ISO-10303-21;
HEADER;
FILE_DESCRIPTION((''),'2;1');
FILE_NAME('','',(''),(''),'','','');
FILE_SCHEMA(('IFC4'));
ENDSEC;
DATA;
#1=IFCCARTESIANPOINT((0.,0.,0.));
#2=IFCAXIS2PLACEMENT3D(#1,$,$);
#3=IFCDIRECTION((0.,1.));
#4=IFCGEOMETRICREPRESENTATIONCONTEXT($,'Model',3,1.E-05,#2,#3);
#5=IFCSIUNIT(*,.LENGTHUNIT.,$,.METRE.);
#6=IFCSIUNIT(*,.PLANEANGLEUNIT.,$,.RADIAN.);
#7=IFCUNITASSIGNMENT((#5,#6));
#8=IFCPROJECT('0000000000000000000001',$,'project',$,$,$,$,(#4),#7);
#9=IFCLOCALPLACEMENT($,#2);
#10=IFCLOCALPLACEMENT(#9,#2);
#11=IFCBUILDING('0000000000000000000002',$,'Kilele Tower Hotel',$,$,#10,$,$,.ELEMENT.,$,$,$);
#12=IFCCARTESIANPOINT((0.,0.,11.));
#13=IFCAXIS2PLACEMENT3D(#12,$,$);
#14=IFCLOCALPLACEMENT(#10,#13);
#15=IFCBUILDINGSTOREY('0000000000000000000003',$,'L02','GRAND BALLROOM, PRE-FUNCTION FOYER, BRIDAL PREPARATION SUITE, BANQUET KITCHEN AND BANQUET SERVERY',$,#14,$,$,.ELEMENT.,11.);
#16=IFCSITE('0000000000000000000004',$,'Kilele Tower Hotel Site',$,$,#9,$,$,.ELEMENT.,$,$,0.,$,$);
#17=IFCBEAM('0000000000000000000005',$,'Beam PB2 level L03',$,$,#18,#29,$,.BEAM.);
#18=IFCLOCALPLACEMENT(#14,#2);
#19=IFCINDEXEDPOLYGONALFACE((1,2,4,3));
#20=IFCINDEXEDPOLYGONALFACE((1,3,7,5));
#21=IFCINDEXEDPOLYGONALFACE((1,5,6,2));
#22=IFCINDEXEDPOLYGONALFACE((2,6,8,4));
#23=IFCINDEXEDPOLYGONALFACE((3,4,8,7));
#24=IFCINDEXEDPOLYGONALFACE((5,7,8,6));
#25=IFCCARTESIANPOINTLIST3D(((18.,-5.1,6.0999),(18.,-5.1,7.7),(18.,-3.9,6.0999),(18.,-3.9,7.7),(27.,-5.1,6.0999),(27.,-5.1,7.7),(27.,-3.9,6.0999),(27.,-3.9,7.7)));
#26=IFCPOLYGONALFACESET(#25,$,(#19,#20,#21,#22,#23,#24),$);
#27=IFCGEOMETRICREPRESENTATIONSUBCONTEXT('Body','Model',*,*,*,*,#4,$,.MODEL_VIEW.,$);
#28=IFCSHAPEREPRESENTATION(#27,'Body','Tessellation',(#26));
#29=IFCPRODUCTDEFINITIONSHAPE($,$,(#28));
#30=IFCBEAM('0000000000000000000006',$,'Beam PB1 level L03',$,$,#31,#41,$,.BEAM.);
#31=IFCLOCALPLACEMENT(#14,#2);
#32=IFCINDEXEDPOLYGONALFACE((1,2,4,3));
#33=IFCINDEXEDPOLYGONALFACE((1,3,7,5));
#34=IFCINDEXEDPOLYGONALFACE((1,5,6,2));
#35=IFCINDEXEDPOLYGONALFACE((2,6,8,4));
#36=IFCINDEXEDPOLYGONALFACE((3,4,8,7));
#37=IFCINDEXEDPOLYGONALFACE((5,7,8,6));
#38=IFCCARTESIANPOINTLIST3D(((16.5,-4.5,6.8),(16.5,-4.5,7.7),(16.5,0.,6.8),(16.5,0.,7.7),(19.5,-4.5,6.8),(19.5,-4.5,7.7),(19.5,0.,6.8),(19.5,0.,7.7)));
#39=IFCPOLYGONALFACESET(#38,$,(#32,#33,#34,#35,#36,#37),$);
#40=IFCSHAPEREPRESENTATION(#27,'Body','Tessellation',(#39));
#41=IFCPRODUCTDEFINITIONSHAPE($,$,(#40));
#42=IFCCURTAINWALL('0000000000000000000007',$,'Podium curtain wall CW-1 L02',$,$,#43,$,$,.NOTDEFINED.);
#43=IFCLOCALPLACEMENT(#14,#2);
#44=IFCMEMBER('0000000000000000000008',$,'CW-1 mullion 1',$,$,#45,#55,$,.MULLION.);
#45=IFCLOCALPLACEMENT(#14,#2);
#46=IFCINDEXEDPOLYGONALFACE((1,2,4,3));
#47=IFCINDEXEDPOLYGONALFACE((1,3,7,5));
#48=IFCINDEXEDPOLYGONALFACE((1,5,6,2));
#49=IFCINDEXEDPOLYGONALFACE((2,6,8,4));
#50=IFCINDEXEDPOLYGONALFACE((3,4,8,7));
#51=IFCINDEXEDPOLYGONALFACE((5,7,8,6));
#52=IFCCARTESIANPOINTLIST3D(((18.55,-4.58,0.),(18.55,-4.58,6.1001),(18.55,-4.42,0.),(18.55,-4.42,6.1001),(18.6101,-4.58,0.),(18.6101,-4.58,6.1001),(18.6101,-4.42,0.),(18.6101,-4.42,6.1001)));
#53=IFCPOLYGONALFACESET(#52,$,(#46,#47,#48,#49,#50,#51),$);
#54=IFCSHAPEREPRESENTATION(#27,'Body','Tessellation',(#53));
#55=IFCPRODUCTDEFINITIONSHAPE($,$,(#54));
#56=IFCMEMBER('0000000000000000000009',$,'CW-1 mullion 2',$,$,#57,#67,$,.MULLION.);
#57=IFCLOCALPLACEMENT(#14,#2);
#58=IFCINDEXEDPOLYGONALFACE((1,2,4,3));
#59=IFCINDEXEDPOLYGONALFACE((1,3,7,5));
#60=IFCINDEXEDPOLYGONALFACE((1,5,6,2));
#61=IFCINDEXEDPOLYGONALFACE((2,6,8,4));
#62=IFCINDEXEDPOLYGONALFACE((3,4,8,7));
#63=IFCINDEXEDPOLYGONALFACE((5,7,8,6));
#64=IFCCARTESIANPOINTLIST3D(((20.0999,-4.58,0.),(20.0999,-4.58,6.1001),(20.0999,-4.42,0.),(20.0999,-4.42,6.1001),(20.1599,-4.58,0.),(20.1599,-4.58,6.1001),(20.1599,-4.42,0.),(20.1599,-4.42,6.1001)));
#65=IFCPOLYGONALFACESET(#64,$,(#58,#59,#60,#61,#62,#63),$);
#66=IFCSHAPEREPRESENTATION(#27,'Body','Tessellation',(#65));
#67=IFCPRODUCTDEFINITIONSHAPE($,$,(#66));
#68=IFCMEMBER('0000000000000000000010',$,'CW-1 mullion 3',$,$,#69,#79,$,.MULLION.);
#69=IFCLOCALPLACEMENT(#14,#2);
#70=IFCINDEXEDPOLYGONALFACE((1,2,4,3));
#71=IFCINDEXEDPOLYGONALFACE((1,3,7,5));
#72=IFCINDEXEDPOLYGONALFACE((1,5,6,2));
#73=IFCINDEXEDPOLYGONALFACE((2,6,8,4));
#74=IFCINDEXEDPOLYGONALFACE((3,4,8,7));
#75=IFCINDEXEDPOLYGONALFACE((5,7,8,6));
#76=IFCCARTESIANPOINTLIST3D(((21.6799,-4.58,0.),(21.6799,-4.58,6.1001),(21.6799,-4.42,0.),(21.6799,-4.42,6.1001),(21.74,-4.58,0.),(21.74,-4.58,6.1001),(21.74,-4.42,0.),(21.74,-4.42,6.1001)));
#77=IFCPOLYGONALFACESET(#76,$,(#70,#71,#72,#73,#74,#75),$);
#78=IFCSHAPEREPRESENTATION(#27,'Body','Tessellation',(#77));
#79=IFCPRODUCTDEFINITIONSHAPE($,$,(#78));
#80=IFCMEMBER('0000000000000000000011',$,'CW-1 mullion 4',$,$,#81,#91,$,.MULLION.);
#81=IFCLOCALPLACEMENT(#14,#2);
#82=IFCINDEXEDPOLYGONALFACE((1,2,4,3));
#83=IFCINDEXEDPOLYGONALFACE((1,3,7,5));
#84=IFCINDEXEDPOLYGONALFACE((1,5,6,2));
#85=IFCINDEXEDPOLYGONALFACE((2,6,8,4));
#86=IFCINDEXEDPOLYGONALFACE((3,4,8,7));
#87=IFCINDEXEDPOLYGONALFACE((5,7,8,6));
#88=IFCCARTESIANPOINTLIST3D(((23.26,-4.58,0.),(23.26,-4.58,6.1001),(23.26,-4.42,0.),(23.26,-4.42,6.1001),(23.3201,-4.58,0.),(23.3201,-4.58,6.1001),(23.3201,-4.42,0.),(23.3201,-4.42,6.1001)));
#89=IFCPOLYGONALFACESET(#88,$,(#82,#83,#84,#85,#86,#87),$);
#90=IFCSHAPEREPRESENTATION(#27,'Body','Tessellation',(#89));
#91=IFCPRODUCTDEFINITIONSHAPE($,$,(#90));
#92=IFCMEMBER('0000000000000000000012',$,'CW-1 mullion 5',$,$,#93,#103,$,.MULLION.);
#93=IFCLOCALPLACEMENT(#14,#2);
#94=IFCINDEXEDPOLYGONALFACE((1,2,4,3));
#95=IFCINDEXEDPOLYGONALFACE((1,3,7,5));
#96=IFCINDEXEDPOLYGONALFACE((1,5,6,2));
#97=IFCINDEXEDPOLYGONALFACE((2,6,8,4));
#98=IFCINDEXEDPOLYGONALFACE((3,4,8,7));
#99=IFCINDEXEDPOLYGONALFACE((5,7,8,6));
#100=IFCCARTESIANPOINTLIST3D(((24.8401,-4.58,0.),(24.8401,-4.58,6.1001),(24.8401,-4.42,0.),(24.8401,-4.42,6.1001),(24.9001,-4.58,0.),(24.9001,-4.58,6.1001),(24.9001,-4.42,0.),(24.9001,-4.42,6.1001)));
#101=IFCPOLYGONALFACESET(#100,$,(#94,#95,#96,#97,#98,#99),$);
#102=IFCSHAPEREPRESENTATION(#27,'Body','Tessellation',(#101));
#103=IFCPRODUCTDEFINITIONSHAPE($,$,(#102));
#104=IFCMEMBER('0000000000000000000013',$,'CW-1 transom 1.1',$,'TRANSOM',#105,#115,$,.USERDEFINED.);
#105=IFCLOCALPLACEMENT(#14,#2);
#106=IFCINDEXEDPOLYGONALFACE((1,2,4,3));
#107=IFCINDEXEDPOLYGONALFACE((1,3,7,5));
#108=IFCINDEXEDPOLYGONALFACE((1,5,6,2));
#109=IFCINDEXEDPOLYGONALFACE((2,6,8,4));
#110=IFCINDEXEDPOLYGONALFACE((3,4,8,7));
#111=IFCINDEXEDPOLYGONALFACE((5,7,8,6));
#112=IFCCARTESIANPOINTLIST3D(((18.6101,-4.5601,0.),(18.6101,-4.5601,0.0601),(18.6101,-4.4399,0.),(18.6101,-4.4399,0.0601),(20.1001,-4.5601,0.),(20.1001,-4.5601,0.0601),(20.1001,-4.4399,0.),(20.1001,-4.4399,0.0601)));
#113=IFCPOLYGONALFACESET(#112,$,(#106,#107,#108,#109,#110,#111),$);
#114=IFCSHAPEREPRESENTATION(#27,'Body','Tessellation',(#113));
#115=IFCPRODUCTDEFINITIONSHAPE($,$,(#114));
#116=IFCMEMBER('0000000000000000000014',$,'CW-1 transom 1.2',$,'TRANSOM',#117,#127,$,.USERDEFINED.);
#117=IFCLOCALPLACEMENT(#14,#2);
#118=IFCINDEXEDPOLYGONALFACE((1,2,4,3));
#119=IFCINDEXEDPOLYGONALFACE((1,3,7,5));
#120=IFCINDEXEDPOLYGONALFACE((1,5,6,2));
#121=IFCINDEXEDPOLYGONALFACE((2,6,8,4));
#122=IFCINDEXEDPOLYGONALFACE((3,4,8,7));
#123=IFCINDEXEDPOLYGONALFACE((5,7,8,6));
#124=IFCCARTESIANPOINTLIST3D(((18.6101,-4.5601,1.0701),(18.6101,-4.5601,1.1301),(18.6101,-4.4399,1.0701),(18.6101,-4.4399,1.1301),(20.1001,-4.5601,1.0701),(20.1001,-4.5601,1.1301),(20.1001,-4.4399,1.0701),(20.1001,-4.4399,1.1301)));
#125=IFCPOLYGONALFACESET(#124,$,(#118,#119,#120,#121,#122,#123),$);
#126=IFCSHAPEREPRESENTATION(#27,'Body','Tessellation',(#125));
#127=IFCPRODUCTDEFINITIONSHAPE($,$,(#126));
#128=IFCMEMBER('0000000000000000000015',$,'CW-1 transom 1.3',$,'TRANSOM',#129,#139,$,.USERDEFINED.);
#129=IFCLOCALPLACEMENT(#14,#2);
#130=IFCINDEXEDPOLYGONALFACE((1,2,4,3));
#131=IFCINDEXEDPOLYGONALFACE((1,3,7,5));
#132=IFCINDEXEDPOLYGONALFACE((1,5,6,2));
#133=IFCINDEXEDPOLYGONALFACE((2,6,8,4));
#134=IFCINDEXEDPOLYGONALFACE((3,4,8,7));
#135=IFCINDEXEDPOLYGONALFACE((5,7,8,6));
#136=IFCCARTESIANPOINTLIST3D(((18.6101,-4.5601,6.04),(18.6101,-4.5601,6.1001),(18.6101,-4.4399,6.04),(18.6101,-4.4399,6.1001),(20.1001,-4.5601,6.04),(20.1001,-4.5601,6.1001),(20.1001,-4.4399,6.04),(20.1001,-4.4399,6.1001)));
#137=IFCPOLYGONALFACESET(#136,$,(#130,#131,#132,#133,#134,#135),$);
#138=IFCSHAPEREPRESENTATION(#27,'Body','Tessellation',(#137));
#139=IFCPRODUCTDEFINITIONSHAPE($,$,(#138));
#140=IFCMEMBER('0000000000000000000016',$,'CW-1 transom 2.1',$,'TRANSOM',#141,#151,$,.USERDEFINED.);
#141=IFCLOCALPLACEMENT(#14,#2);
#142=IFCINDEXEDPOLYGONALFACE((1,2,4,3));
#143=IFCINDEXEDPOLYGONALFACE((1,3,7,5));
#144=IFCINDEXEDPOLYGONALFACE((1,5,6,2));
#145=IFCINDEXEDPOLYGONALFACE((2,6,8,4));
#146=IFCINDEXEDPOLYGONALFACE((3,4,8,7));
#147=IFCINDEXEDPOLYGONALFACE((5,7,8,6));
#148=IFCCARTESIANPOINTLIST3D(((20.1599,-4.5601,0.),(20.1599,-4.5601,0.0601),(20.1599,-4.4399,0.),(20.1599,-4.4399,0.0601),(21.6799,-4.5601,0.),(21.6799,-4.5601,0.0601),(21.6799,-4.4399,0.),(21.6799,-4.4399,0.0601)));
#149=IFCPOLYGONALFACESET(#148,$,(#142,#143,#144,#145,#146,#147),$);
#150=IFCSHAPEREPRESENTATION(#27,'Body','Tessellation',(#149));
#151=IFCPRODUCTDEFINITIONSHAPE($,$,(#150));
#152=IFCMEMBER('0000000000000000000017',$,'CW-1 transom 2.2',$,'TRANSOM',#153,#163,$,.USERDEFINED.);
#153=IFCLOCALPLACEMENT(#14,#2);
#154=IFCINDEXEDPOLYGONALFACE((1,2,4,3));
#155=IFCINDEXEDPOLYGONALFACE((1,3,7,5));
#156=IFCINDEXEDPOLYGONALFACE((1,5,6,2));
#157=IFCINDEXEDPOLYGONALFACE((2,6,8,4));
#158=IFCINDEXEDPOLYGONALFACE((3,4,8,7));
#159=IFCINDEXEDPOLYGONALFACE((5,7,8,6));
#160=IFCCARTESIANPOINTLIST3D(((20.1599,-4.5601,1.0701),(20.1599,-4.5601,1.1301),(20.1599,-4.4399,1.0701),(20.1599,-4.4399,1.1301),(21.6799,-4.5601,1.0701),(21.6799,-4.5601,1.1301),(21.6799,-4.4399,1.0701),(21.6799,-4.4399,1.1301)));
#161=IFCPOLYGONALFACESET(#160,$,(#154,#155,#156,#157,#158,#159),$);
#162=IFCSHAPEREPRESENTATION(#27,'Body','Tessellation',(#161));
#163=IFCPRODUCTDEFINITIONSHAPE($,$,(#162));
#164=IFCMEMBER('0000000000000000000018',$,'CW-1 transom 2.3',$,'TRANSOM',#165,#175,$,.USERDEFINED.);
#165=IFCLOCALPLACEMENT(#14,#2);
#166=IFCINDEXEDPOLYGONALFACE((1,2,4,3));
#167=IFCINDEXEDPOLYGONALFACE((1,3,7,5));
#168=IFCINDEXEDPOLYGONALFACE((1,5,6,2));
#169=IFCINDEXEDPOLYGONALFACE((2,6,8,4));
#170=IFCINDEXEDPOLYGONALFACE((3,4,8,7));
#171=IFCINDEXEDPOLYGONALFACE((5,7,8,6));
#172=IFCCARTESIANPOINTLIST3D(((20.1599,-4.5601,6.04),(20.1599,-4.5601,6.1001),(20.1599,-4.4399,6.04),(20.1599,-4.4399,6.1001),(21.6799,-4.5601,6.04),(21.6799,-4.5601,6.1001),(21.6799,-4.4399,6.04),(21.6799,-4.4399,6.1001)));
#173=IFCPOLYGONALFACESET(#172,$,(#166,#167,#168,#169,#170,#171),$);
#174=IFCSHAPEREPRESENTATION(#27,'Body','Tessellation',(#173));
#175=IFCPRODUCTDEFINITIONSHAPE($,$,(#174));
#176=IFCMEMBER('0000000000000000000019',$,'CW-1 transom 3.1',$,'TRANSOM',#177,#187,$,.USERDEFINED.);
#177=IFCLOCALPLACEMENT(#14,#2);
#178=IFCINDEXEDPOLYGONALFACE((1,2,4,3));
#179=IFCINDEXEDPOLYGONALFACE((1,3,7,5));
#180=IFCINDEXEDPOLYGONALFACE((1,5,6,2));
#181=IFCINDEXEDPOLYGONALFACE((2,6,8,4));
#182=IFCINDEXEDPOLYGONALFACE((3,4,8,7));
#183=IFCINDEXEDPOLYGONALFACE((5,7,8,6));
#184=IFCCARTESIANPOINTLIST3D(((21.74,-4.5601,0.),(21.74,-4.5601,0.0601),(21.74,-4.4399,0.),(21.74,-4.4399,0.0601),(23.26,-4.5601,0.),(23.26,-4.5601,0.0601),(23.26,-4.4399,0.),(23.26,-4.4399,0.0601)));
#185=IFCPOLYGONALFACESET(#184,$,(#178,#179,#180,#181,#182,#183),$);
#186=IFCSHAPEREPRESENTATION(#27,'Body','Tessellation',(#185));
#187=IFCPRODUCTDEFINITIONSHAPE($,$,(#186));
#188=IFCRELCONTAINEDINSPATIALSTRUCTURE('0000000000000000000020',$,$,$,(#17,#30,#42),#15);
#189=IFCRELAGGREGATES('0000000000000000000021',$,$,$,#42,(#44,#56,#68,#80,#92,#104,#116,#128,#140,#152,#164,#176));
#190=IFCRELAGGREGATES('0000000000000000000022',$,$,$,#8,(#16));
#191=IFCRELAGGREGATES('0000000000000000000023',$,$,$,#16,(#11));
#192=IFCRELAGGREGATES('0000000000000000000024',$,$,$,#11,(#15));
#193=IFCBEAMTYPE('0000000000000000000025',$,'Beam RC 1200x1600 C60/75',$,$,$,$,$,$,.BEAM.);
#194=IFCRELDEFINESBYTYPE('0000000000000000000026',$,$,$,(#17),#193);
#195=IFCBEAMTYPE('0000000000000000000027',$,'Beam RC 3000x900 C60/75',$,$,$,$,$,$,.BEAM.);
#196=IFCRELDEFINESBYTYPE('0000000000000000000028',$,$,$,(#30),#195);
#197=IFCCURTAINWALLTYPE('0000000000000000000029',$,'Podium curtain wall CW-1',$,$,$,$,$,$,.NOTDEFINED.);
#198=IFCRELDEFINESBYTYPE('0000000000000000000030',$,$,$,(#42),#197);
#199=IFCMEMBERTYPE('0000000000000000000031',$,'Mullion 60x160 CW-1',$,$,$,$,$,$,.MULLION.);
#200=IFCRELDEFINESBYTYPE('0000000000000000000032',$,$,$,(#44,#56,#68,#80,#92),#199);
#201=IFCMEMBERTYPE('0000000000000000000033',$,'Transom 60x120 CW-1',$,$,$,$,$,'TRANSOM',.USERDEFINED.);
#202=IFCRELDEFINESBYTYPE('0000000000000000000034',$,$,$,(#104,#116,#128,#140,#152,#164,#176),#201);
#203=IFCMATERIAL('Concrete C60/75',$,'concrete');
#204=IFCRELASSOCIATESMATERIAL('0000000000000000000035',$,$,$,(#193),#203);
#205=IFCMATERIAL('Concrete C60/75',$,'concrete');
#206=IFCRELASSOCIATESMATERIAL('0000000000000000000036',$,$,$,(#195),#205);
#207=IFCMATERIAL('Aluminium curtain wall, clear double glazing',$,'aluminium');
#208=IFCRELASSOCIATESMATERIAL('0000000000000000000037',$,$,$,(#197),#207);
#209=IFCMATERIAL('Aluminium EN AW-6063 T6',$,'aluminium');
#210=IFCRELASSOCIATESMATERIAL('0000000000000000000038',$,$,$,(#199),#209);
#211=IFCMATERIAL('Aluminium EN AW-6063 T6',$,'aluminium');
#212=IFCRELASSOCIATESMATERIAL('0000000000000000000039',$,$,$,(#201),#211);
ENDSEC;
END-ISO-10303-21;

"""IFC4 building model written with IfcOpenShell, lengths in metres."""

from ifc_helpers import new_model, si_unit, direction, frame, origin, origin_2d, place, context, subcontext, project, spatial, rectangle, extrude, material, material_profile, profile_set, type_object, element, aggregate, save


model = new_model("IFC4")

# Units and contexts
model_context = context("Model", 3, precision=1e-05, world=origin(), true_north=direction((0.0, 1.0)))
body_context = subcontext(model_context, "Body", "Model", "MODEL_VIEW")
ifc_project = project(units=[si_unit("LENGTHUNIT", "METRE"), si_unit("PLANEANGLEUNIT", "RADIAN")], contexts=[model_context])

# Site, building, storey
site_placement = place(None, origin())
site = spatial("IfcSite", under=ifc_project, at=site_placement, Name="Kilele Tower Hotel Site", CompositionType="ELEMENT", RefElevation=0.0)
building_placement = place(site_placement, origin())
building = spatial("IfcBuilding", under=site, at=building_placement, Name="Kilele Tower Hotel", CompositionType="ELEMENT")
storey_placement = place(building_placement, frame((0.0, 0.0, 11.0)))
storey = spatial("IfcBuildingStorey", under=building, at=storey_placement, Name="L02", Description="GRAND BALLROOM, PRE-FUNCTION FOYER, BRIDAL PREPARATION SUITE, BANQUET KITCHEN AND BANQUET SERVERY", CompositionType="ELEMENT", Elevation=11.0)

# Beams
ifc_material_1 = material(Name="Concrete C60/75", Category="concrete")
ifc_material_profile_1 = material_profile(ifc_material_1, rectangle(XDim=1.2, YDim=1.6001, at=origin_2d()))
ifc_profile_set_1 = profile_set([ifc_material_profile_1], Name="Concrete C60/75")
beam_type_1 = type_object("IfcBeamType", Name="Beam RC 1200x1600 C60/75", PredefinedType="BEAM", material=ifc_profile_set_1)
beam_1_placement = place(storey_placement, frame((18.0, -4.5, 6.8999), z_axis=(1.0, 0.0, 0.0), x_axis=(0.0, 1.0, 0.0)))
element("IfcBeam", 1, at=beam_1_placement, inside=storey, type_object=beam_type_1, Name="Beam PB2 level L03", PredefinedType="BEAM", context=body_context, shape_type="SweptSolid", body=[
    extrude(rectangle(XDim=1.2, YDim=1.6001, at=origin_2d()), origin(), (0.0, 0.0, 1.0), 9.0),
])
ifc_material_2 = material(Name="Concrete C60/75", Category="concrete")
ifc_material_profile_2 = material_profile(ifc_material_2, rectangle(XDim=3.0, YDim=0.8999, at=origin_2d()))
ifc_profile_set_2 = profile_set([ifc_material_profile_2], Name="Concrete C60/75")
beam_type_2 = type_object("IfcBeamType", Name="Beam RC 3000x900 C60/75", PredefinedType="BEAM", material=ifc_profile_set_2)
beam_2_placement = place(storey_placement, frame((18.0, -4.5, 7.25), z_axis=(0.0, 1.0, 0.0), x_axis=(-1.0, 0.0, 0.0)))
element("IfcBeam", 2, at=beam_2_placement, inside=storey, type_object=beam_type_2, Name="Beam PB1 level L03", PredefinedType="BEAM", context=body_context, shape_type="SweptSolid", body=[
    extrude(rectangle(XDim=3.0, YDim=0.8999, at=origin_2d()), origin(), (0.0, 0.0, 1.0), 4.5),
])

# Curtain wall, members
ifc_material_3 = material(Name="Aluminium curtain wall, clear double glazing", Category="aluminium")
curtain_wall_type = type_object("IfcCurtainWallType", Name="Podium curtain wall CW-1", PredefinedType="NOTDEFINED", material=ifc_material_3)
curtain_wall_placement = place(storey_placement, origin())
curtain_wall = element("IfcCurtainWall", 3, at=curtain_wall_placement, inside=storey, type_object=curtain_wall_type, Name="Podium curtain wall CW-1 L02", PredefinedType="NOTDEFINED")
ifc_material_4 = material(Name="Aluminium EN AW-6063 T6", Category="aluminium")
ifc_material_profile_3 = material_profile(ifc_material_4, rectangle(XDim=0.1599, YDim=0.0601, at=origin_2d()))
ifc_profile_set_3 = profile_set([ifc_material_profile_3], Name="Aluminium EN AW-6063 T6")
member_type_1 = type_object("IfcMemberType", Name="Mullion 60x160 CW-1", PredefinedType="MULLION", material=ifc_profile_set_3)
member_1_placement = place(storey_placement, frame((18.5801, -4.5, 0.0), z_axis=(0.0, 0.0, 1.0), x_axis=(0.0, 1.0, 0.0)))
member_1 = element("IfcMember", 4, at=member_1_placement, type_object=member_type_1, Name="CW-1 mullion 1", PredefinedType="MULLION", context=body_context, shape_type="SweptSolid", body=[
    extrude(rectangle(XDim=0.1599, YDim=0.0601, at=origin_2d()), origin(), (0.0, 0.0, 1.0), 6.1001),
])
member_2_placement = place(storey_placement, frame((20.1299, -4.5, 0.0), z_axis=(0.0, 0.0, 1.0), x_axis=(0.0, 1.0, 0.0)))
member_2 = element("IfcMember", 5, at=member_2_placement, type_object=member_type_1, Name="CW-1 mullion 2", PredefinedType="MULLION", context=body_context, shape_type="SweptSolid", body=[
    extrude(rectangle(XDim=0.1599, YDim=0.0601, at=origin_2d()), origin(), (0.0, 0.0, 1.0), 6.1001),
])
member_3_placement = place(storey_placement, frame((21.71, -4.5, 0.0), z_axis=(0.0, 0.0, 1.0), x_axis=(0.0, 1.0, 0.0)))
member_3 = element("IfcMember", 6, at=member_3_placement, type_object=member_type_1, Name="CW-1 mullion 3", PredefinedType="MULLION", context=body_context, shape_type="SweptSolid", body=[
    extrude(rectangle(XDim=0.1599, YDim=0.0601, at=origin_2d()), origin(), (0.0, 0.0, 1.0), 6.1001),
])
member_4_placement = place(storey_placement, frame((23.29, -4.5, 0.0), z_axis=(0.0, 0.0, 1.0), x_axis=(0.0, 1.0, 0.0)))
member_4 = element("IfcMember", 7, at=member_4_placement, type_object=member_type_1, Name="CW-1 mullion 4", PredefinedType="MULLION", context=body_context, shape_type="SweptSolid", body=[
    extrude(rectangle(XDim=0.1599, YDim=0.0601, at=origin_2d()), origin(), (0.0, 0.0, 1.0), 6.1001),
])
member_5_placement = place(storey_placement, frame((24.8701, -4.5, 0.0), z_axis=(0.0, 0.0, 1.0), x_axis=(0.0, 1.0, 0.0)))
member_5 = element("IfcMember", 8, at=member_5_placement, type_object=member_type_1, Name="CW-1 mullion 5", PredefinedType="MULLION", context=body_context, shape_type="SweptSolid", body=[
    extrude(rectangle(XDim=0.1599, YDim=0.0601, at=origin_2d()), origin(), (0.0, 0.0, 1.0), 6.1001),
])
ifc_material_5 = material(Name="Aluminium EN AW-6063 T6", Category="aluminium")
ifc_material_profile_4 = material_profile(ifc_material_5, rectangle(XDim=0.1201, YDim=0.0601, at=origin_2d()))
ifc_profile_set_4 = profile_set([ifc_material_profile_4], Name="Aluminium EN AW-6063 T6")
member_type_2 = type_object("IfcMemberType", Name="Transom 60x120 CW-1", ElementType="TRANSOM", PredefinedType="USERDEFINED", material=ifc_profile_set_4)
member_6_placement = place(storey_placement, frame((18.6101, -4.5, 0.03), z_axis=(1.0, 0.0, 0.0), x_axis=(0.0, 1.0, 0.0)))
member_6 = element("IfcMember", 9, at=member_6_placement, type_object=member_type_2, Name="CW-1 transom 1.1", ObjectType="TRANSOM", PredefinedType="USERDEFINED", context=body_context, shape_type="SweptSolid", body=[
    extrude(rectangle(XDim=0.1201, YDim=0.0601, at=origin_2d()), origin(), (0.0, 0.0, 1.0), 1.49),
])
member_7_placement = place(storey_placement, frame((18.6101, -4.5, 1.1001), z_axis=(1.0, 0.0, 0.0), x_axis=(0.0, 1.0, 0.0)))
member_7 = element("IfcMember", 10, at=member_7_placement, type_object=member_type_2, Name="CW-1 transom 1.2", ObjectType="TRANSOM", PredefinedType="USERDEFINED", context=body_context, shape_type="SweptSolid", body=[
    extrude(rectangle(XDim=0.1201, YDim=0.0601, at=origin_2d()), origin(), (0.0, 0.0, 1.0), 1.49),
])
member_8_placement = place(storey_placement, frame((18.6101, -4.5, 6.0701), z_axis=(1.0, 0.0, 0.0), x_axis=(0.0, 1.0, 0.0)))
member_8 = element("IfcMember", 11, at=member_8_placement, type_object=member_type_2, Name="CW-1 transom 1.3", ObjectType="TRANSOM", PredefinedType="USERDEFINED", context=body_context, shape_type="SweptSolid", body=[
    extrude(rectangle(XDim=0.1201, YDim=0.0601, at=origin_2d()), origin(), (0.0, 0.0, 1.0), 1.49),
])
member_9_placement = place(storey_placement, frame((20.1599, -4.5, 0.03), z_axis=(1.0, 0.0, 0.0), x_axis=(0.0, 1.0, 0.0)))
member_9 = element("IfcMember", 12, at=member_9_placement, type_object=member_type_2, Name="CW-1 transom 2.1", ObjectType="TRANSOM", PredefinedType="USERDEFINED", context=body_context, shape_type="SweptSolid", body=[
    extrude(rectangle(XDim=0.1201, YDim=0.0601, at=origin_2d()), origin(), (0.0, 0.0, 1.0), 1.52),
])
member_10_placement = place(storey_placement, frame((20.1599, -4.5, 1.1001), z_axis=(1.0, 0.0, 0.0), x_axis=(0.0, 1.0, 0.0)))
member_10 = element("IfcMember", 13, at=member_10_placement, type_object=member_type_2, Name="CW-1 transom 2.2", ObjectType="TRANSOM", PredefinedType="USERDEFINED", context=body_context, shape_type="SweptSolid", body=[
    extrude(rectangle(XDim=0.1201, YDim=0.0601, at=origin_2d()), origin(), (0.0, 0.0, 1.0), 1.52),
])
member_11_placement = place(storey_placement, frame((20.1599, -4.5, 6.0701), z_axis=(1.0, 0.0, 0.0), x_axis=(0.0, 1.0, 0.0)))
member_11 = element("IfcMember", 14, at=member_11_placement, type_object=member_type_2, Name="CW-1 transom 2.3", ObjectType="TRANSOM", PredefinedType="USERDEFINED", context=body_context, shape_type="SweptSolid", body=[
    extrude(rectangle(XDim=0.1201, YDim=0.0601, at=origin_2d()), origin(), (0.0, 0.0, 1.0), 1.52),
])
member_12_placement = place(storey_placement, frame((21.74, -4.5, 0.03), z_axis=(1.0, 0.0, 0.0), x_axis=(0.0, 1.0, 0.0)))
member_12 = element("IfcMember", 15, at=member_12_placement, type_object=member_type_2, Name="CW-1 transom 3.1", ObjectType="TRANSOM", PredefinedType="USERDEFINED", context=body_context, shape_type="SweptSolid", body=[
    extrude(rectangle(XDim=0.1201, YDim=0.0601, at=origin_2d()), origin(), (0.0, 0.0, 1.0), 1.52),
])
aggregate(curtain_wall, [member_1, member_2, member_3, member_4, member_5, member_6, member_7, member_8, member_9, member_10, member_11, member_12])

save(model, "model.ifc")
